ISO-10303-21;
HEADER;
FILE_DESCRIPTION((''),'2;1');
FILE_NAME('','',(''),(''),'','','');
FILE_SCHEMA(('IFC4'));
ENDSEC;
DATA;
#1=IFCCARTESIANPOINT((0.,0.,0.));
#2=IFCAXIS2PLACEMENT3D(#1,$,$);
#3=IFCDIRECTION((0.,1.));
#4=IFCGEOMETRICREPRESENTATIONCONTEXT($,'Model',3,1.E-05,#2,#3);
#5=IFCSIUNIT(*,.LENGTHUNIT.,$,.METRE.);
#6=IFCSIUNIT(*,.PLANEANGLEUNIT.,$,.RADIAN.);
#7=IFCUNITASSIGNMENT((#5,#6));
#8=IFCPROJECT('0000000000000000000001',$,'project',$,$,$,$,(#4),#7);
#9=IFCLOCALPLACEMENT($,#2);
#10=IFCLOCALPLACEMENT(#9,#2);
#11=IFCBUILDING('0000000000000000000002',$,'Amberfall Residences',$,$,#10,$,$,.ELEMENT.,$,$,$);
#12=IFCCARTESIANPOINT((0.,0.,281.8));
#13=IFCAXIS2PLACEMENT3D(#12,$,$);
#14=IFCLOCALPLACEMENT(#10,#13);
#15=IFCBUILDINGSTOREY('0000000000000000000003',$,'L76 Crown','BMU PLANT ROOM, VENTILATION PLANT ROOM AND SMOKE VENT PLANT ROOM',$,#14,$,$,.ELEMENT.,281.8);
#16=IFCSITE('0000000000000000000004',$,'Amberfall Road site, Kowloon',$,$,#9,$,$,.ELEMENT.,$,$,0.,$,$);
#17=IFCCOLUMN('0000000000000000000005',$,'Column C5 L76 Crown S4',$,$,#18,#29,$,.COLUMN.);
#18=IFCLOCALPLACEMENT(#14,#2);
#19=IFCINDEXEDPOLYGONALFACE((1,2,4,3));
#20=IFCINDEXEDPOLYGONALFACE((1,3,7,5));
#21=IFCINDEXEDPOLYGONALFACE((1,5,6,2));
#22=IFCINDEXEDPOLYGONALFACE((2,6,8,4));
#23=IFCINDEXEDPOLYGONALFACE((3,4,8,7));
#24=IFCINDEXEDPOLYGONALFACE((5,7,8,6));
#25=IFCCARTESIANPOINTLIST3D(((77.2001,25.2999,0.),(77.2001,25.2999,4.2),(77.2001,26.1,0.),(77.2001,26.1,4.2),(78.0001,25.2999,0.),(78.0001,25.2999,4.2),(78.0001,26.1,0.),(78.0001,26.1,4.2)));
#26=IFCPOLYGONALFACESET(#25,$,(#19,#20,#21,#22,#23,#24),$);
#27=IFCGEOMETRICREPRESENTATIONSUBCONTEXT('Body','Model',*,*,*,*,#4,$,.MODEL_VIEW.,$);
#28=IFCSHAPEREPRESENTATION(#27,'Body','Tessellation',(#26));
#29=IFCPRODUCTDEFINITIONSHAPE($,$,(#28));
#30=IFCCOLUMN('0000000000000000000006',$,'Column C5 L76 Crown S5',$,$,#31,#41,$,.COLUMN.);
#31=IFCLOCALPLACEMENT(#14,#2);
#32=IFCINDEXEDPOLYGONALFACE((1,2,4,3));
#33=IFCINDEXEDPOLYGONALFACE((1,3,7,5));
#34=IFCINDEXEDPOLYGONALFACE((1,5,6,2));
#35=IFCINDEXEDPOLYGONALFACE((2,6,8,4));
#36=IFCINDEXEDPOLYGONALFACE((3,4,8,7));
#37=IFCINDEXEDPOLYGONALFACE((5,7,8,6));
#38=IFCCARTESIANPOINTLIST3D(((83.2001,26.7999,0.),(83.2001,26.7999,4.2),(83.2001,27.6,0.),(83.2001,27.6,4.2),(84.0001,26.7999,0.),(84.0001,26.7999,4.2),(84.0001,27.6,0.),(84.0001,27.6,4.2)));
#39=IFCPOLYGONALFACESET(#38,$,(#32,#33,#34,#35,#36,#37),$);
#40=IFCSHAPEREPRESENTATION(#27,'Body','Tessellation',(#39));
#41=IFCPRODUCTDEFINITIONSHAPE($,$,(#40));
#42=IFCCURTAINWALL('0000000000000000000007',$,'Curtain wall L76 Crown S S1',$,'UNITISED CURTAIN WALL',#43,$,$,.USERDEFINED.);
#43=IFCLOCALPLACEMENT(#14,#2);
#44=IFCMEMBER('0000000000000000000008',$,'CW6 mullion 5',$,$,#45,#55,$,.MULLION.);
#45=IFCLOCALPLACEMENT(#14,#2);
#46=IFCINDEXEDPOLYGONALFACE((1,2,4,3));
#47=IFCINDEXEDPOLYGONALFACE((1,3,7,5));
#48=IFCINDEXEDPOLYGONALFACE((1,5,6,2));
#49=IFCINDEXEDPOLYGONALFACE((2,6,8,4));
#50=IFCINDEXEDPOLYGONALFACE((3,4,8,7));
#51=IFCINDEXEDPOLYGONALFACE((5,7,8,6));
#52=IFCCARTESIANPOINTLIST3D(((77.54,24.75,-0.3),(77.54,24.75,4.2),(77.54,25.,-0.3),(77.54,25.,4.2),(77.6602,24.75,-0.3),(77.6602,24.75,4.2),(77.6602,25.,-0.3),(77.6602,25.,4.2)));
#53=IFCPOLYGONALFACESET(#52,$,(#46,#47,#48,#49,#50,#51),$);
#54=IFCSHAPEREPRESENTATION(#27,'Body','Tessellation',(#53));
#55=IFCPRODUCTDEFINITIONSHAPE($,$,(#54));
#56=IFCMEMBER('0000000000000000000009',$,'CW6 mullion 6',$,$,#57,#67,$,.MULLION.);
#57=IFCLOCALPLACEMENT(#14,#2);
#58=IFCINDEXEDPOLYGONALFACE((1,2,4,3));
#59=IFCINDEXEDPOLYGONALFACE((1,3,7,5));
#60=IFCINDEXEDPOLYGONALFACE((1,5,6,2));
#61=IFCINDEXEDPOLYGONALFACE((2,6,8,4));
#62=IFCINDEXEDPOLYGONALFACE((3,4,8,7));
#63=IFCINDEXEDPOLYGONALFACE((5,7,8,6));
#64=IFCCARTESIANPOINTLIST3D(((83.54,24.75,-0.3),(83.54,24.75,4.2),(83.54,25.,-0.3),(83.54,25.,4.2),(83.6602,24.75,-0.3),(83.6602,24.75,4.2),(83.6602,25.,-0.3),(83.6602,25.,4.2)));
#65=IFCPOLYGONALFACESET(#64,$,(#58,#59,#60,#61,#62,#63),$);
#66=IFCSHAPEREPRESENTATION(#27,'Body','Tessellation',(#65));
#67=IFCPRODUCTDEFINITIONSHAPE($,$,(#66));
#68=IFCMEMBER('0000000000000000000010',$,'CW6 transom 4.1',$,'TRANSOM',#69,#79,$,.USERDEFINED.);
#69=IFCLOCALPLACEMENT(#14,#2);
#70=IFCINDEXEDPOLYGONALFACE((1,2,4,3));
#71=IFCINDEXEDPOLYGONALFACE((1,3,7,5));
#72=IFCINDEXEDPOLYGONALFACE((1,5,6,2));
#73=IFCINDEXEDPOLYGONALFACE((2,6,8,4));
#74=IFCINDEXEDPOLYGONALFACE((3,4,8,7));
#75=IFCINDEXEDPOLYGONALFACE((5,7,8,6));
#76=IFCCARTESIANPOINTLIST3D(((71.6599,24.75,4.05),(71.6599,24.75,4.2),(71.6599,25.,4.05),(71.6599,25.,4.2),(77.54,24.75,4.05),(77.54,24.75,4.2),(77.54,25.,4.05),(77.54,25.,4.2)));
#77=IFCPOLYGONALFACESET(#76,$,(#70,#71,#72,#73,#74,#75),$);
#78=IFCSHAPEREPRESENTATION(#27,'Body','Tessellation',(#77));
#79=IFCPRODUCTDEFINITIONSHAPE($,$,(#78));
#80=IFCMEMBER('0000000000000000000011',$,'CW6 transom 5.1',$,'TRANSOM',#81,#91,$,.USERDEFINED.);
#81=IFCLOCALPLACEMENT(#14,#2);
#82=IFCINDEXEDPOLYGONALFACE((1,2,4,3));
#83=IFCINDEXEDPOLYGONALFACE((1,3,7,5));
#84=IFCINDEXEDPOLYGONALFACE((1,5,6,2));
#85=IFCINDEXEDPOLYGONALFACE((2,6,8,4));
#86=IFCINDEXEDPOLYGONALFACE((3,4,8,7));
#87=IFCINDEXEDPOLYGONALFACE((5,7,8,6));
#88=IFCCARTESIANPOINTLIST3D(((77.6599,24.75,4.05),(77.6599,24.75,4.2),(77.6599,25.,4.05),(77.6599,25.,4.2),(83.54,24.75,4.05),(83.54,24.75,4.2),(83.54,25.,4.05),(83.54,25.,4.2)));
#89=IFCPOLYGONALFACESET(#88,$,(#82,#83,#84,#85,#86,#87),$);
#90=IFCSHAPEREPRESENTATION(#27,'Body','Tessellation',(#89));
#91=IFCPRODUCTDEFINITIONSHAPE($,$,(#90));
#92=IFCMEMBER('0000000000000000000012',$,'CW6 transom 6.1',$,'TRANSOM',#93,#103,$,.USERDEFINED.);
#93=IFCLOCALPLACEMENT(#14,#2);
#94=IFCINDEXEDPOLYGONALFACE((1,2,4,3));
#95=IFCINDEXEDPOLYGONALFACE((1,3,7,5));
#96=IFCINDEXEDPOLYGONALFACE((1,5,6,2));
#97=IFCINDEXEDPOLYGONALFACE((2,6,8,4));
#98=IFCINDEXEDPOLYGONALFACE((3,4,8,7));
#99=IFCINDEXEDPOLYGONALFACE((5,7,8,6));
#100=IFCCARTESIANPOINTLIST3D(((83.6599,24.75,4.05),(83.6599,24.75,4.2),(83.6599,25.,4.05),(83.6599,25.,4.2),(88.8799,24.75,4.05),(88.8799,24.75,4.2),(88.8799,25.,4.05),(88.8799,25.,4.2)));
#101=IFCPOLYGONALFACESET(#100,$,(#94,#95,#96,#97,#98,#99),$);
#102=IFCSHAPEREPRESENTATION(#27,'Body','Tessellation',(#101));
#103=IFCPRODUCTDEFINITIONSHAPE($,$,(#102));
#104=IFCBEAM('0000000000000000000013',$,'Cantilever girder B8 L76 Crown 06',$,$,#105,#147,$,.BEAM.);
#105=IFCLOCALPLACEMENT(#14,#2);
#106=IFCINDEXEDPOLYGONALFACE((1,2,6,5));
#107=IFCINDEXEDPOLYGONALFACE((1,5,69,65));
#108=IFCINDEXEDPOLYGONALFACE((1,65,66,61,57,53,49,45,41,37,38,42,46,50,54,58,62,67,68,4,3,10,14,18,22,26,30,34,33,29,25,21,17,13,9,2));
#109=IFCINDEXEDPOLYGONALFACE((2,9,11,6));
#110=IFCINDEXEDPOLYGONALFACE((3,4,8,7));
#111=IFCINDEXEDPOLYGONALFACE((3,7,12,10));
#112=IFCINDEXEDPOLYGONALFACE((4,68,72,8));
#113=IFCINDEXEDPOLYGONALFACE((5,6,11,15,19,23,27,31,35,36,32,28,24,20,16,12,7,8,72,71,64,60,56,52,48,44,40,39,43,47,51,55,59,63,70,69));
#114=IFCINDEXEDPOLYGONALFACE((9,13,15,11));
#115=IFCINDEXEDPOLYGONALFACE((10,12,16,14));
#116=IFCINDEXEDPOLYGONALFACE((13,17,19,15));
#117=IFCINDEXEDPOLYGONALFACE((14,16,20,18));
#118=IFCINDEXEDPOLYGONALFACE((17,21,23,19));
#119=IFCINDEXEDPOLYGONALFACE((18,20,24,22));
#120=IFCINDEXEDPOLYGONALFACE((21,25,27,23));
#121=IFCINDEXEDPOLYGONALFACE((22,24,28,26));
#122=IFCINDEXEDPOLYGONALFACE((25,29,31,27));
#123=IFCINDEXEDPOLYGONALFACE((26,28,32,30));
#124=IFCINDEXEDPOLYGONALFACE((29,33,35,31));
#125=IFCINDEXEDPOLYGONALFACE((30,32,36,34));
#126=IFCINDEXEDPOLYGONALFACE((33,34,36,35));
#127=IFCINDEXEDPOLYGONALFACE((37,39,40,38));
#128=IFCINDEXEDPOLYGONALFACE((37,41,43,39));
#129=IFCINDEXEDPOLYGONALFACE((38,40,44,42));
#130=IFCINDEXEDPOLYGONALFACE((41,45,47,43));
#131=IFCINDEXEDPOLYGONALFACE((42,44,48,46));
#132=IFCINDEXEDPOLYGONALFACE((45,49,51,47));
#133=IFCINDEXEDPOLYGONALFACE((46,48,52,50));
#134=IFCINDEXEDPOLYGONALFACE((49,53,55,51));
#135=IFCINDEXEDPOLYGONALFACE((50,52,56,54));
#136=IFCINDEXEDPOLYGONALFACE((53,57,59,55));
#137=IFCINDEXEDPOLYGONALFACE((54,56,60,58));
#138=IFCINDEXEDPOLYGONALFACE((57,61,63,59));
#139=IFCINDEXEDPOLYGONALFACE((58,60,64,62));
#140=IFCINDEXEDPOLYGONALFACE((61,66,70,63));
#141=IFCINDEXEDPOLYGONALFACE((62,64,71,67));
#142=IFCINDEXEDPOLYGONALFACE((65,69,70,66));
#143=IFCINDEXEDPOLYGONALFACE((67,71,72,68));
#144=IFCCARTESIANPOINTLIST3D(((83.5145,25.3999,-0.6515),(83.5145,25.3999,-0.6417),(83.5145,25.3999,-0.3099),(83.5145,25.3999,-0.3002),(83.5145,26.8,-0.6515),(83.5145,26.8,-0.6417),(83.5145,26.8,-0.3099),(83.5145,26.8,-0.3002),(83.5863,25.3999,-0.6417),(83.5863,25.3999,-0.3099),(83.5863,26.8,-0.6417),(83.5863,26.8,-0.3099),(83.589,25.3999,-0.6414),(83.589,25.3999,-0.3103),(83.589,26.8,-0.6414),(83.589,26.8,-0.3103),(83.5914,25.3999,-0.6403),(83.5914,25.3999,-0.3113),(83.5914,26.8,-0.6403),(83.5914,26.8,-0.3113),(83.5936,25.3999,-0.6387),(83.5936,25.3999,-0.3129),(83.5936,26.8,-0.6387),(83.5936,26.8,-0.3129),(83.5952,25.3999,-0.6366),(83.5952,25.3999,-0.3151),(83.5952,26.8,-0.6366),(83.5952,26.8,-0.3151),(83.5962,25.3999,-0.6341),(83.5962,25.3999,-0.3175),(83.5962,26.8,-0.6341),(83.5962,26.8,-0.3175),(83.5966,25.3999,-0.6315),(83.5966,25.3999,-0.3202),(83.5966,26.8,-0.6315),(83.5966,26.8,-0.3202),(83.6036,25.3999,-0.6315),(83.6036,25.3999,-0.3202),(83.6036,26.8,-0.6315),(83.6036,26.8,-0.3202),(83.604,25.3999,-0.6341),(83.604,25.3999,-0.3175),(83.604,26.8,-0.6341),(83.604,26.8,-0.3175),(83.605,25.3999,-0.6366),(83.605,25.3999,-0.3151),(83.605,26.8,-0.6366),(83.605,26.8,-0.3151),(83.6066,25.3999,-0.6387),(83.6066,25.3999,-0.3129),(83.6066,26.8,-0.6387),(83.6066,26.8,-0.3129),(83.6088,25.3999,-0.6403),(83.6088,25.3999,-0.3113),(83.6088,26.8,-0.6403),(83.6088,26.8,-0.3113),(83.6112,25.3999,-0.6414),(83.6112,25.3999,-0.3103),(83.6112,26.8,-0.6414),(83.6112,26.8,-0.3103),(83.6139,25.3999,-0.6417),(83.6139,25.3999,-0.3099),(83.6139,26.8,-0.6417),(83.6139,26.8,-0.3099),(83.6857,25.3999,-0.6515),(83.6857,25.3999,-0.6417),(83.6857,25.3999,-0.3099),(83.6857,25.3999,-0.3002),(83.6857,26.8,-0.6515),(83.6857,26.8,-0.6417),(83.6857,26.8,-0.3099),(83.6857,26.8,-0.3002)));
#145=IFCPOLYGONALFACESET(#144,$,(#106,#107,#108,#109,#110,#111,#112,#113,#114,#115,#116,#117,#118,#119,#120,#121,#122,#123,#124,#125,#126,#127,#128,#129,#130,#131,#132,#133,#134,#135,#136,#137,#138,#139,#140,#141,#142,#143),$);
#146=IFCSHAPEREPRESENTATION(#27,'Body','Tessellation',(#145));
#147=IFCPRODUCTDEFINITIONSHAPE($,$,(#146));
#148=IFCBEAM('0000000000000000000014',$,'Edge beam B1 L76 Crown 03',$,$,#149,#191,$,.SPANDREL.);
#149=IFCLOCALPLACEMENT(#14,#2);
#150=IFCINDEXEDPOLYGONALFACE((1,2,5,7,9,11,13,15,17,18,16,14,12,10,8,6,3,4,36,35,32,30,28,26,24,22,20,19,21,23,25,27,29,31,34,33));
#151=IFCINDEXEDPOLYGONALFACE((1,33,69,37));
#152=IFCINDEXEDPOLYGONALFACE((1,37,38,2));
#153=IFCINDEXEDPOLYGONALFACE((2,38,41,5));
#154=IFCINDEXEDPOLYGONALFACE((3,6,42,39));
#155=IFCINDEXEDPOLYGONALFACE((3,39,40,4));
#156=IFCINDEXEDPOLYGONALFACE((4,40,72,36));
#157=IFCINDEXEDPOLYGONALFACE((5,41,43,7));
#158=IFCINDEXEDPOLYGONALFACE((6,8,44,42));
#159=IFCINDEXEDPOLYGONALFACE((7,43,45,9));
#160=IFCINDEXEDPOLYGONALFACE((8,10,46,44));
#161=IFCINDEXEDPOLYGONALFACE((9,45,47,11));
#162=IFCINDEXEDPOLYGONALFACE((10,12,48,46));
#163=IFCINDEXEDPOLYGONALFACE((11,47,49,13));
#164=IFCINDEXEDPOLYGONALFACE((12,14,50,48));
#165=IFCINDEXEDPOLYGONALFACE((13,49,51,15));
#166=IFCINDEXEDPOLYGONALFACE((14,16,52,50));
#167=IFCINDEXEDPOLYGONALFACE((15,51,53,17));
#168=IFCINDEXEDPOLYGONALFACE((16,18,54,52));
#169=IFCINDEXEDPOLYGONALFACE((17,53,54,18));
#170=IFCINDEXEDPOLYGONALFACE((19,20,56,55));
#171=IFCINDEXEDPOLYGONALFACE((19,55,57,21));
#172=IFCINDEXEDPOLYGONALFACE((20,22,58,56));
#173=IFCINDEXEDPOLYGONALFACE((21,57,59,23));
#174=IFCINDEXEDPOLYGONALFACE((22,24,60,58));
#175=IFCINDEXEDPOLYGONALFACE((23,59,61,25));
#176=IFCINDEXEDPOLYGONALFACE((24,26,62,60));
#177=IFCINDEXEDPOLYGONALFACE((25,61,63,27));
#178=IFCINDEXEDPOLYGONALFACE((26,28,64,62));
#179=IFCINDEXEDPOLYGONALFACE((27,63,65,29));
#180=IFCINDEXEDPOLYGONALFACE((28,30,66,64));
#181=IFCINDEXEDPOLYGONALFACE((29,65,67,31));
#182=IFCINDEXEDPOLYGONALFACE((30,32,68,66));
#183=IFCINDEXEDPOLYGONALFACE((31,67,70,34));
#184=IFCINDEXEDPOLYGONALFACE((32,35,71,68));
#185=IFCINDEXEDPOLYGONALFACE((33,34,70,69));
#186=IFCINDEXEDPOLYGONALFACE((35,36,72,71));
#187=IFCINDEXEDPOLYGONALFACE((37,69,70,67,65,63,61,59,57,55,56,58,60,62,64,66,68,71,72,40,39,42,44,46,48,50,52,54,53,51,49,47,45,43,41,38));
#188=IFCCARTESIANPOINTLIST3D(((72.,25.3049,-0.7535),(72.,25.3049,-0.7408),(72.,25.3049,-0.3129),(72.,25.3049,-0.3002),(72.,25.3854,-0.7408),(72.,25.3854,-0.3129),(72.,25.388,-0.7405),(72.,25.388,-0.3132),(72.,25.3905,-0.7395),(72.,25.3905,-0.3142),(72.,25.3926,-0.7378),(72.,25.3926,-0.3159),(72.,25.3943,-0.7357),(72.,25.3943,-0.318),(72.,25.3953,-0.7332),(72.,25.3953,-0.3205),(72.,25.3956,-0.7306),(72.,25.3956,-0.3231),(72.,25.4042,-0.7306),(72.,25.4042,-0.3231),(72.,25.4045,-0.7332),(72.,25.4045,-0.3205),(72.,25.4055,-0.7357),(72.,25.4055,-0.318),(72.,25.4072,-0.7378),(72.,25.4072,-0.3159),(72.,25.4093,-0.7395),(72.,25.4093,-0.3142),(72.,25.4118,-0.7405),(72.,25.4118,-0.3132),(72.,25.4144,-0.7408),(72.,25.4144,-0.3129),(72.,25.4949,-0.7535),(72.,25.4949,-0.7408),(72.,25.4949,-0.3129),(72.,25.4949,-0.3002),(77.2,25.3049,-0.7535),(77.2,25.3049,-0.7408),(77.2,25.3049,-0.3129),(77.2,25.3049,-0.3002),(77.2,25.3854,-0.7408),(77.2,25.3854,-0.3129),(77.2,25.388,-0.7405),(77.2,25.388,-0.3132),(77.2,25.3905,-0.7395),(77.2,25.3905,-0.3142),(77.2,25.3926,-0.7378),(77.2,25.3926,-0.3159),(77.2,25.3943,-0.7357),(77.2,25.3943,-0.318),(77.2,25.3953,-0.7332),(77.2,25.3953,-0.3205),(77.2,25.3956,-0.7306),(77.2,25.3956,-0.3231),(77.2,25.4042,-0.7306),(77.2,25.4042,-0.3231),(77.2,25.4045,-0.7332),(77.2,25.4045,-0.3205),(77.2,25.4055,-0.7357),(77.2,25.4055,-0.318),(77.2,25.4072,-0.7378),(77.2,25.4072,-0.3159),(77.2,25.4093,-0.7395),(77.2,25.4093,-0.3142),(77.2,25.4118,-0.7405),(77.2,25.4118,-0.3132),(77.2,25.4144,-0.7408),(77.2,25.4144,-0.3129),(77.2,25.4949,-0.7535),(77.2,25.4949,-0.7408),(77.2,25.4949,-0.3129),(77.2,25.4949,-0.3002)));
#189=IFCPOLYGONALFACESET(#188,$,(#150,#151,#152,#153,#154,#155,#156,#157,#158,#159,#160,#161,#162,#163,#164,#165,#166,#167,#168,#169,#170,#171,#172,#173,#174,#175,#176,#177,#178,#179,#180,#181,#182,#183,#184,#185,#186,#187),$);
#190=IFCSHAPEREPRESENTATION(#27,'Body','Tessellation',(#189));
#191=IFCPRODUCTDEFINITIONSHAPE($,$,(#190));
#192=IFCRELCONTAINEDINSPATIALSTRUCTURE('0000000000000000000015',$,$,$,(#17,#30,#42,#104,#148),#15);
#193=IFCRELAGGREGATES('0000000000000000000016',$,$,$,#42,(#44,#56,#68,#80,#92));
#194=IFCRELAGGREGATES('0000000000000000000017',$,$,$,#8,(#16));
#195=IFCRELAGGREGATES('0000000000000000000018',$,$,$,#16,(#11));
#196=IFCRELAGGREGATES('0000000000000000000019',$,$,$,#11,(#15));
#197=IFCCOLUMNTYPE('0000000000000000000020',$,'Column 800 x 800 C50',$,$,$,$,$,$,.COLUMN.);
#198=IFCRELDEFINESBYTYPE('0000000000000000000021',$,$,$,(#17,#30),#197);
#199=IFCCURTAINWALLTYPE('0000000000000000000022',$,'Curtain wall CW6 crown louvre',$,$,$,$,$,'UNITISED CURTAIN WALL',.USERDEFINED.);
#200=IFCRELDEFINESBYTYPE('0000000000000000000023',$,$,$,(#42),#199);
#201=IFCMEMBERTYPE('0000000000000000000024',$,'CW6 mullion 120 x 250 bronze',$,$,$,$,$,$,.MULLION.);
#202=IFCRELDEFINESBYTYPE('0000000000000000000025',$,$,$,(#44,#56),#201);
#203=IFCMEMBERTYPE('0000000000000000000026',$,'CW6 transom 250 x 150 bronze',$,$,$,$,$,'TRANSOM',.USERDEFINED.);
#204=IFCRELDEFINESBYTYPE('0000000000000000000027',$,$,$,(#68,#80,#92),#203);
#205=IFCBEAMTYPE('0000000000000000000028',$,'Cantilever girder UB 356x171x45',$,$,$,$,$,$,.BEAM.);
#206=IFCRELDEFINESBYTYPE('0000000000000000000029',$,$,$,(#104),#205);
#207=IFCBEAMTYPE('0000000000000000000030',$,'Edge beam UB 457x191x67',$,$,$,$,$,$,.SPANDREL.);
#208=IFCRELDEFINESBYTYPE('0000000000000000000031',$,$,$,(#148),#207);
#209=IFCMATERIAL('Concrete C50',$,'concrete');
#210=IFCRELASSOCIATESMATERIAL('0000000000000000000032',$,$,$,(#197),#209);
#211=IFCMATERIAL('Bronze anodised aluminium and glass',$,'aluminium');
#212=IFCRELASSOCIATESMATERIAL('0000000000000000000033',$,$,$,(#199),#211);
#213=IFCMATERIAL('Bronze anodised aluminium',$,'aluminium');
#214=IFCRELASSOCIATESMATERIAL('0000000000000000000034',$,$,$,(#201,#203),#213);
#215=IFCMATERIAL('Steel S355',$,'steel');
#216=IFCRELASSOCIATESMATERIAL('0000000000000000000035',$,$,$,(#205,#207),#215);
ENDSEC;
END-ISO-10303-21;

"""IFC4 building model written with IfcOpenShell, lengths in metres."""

from ifc_helpers import new_model, si_unit, direction, frame, origin, origin_2d, place, context, subcontext, project, spatial, rectangle, i_section, extrude, material, material_profile, profile_set, type_object, element, aggregate, save


model = new_model("IFC4")

# Units and contexts
model_context = context("Model", 3, precision=1e-05, world=origin(), true_north=direction((0.0, 1.0)))
body_context = subcontext(model_context, "Body", "Model", "MODEL_VIEW")
ifc_project = project(units=[si_unit("LENGTHUNIT", "METRE"), si_unit("PLANEANGLEUNIT", "RADIAN")], contexts=[model_context])

# Site, building, storey
site_placement = place(None, origin())
site = spatial("IfcSite", under=ifc_project, at=site_placement, Name="Amberfall Road site, Kowloon", CompositionType="ELEMENT", RefElevation=0.0)
building_placement = place(site_placement, origin())
building = spatial("IfcBuilding", under=site, at=building_placement, Name="Amberfall Residences", CompositionType="ELEMENT")
storey_placement = place(building_placement, frame((0.0, 0.0, 281.8)))
storey = spatial("IfcBuildingStorey", under=building, at=storey_placement, Name="L76 Crown", Description="BMU PLANT ROOM, VENTILATION PLANT ROOM AND SMOKE VENT PLANT ROOM", CompositionType="ELEMENT", Elevation=281.8)

# Columns
ifc_material_1 = material(Name="Concrete C50", Category="concrete")
ifc_material_profile_1 = material_profile(ifc_material_1, rectangle(XDim=0.8, YDim=0.8, at=origin_2d()), Name="Column 800 x 800 C50")
ifc_profile_set_1 = profile_set([ifc_material_profile_1], Name="Concrete C50")
column_type = type_object("IfcColumnType", Name="Column 800 x 800 C50", PredefinedType="COLUMN", material=ifc_profile_set_1)
for number, where, z_axis, x_axis, name in (
    (1, (77.6001, 25.7, 0.0), (0.0, 0.0, 1.0), (1.0, 0.0, 0.0), "Column C5 L76 Crown S4"),
    (2, (83.6001, 27.2, 0.0), (0.0, 0.0, 1.0), (1.0, 0.0, 0.0), "Column C5 L76 Crown S5"),
):
    element("IfcColumn", number, at=place(storey_placement, frame(where, z_axis=z_axis, x_axis=x_axis)), inside=storey, type_object=column_type, Name=name, PredefinedType="COLUMN", context=body_context, shape_type="SweptSolid", body=[
        extrude(rectangle(XDim=0.8, YDim=0.8, at=origin_2d()), origin(), (0.0, 0.0, 1.0), 4.2),
    ])

# Curtain wall, members
ifc_material_2 = material(Name="Bronze anodised aluminium and glass", Category="aluminium")
curtain_wall_type = type_object("IfcCurtainWallType", Name="Curtain wall CW6 crown louvre", ElementType="UNITISED CURTAIN WALL", PredefinedType="USERDEFINED", material=ifc_material_2)
curtain_wall_placement = place(storey_placement, origin())
curtain_wall = element("IfcCurtainWall", 3, at=curtain_wall_placement, inside=storey, type_object=curtain_wall_type, Name="Curtain wall L76 Crown S S1", ObjectType="UNITISED CURTAIN WALL", PredefinedType="USERDEFINED")
ifc_material_3 = material(Name="Bronze anodised aluminium", Category="aluminium")
ifc_material_profile_2 = material_profile(ifc_material_3, rectangle(XDim=0.25, YDim=0.1201, at=origin_2d()), Name="CW6 mullion 120 x 250 bronze")
ifc_profile_set_2 = profile_set([ifc_material_profile_2], Name="Bronze anodised aluminium")
member_type_1 = type_object("IfcMemberType", Name="CW6 mullion 120 x 250 bronze", PredefinedType="MULLION", material=ifc_profile_set_2)
member_1_placement = place(storey_placement, frame((77.6001, 24.875, -0.3), z_axis=(0.0, 0.0, 1.0), x_axis=(0.0, 1.0, 0.0)))
member_1 = element("IfcMember", 4, at=member_1_placement, type_object=member_type_1, Name="CW6 mullion 5", PredefinedType="MULLION", context=body_context, shape_type="SweptSolid", body=[
    extrude(rectangle(XDim=0.25, YDim=0.1201, at=origin_2d()), origin(), (0.0, 0.0, 1.0), 4.5),
])
member_2_placement = place(storey_placement, frame((83.6001, 24.875, -0.3), z_axis=(0.0, 0.0, 1.0), x_axis=(0.0, 1.0, 0.0)))
member_2 = element("IfcMember", 5, at=member_2_placement, type_object=member_type_1, Name="CW6 mullion 6", PredefinedType="MULLION", context=body_context, shape_type="SweptSolid", body=[
    extrude(rectangle(XDim=0.25, YDim=0.1201, at=origin_2d()), origin(), (0.0, 0.0, 1.0), 4.5),
])
ifc_material_profile_3 = material_profile(ifc_material_3, rectangle(XDim=0.25, YDim=0.1499, at=origin_2d()), Name="CW6 transom 250 x 150 bronze")
ifc_profile_set_3 = profile_set([ifc_material_profile_3], Name="Bronze anodised aluminium")
member_type_2 = type_object("IfcMemberType", Name="CW6 transom 250 x 150 bronze", ElementType="TRANSOM", PredefinedType="USERDEFINED", material=ifc_profile_set_3)
member_3_placement = place(storey_placement, frame((71.6599, 24.875, 4.125), z_axis=(1.0, 0.0, 0.0), x_axis=(0.0, 1.0, 0.0)))
member_3 = element("IfcMember", 6, at=member_3_placement, type_object=member_type_2, Name="CW6 transom 4.1", ObjectType="TRANSOM", PredefinedType="USERDEFINED", context=body_context, shape_type="SweptSolid", body=[
    extrude(rectangle(XDim=0.25, YDim=0.1499, at=origin_2d()), origin(), (0.0, 0.0, 1.0), 5.8801),
])
member_4_placement = place(storey_placement, frame((77.6599, 24.875, 4.125), z_axis=(1.0, 0.0, 0.0), x_axis=(0.0, 1.0, 0.0)))
member_4 = element("IfcMember", 7, at=member_4_placement, type_object=member_type_2, Name="CW6 transom 5.1", ObjectType="TRANSOM", PredefinedType="USERDEFINED", context=body_context, shape_type="SweptSolid", body=[
    extrude(rectangle(XDim=0.25, YDim=0.1499, at=origin_2d()), origin(), (0.0, 0.0, 1.0), 5.8801),
])
member_5_placement = place(storey_placement, frame((83.6599, 24.875, 4.125), z_axis=(1.0, 0.0, 0.0), x_axis=(0.0, 1.0, 0.0)))
member_5 = element("IfcMember", 8, at=member_5_placement, type_object=member_type_2, Name="CW6 transom 6.1", ObjectType="TRANSOM", PredefinedType="USERDEFINED", context=body_context, shape_type="SweptSolid", body=[
    extrude(rectangle(XDim=0.25, YDim=0.1499, at=origin_2d()), origin(), (0.0, 0.0, 1.0), 5.22),
])

# Beams
ifc_material_4 = material(Name="Steel S355", Category="steel")
ifc_material_profile_4 = material_profile(ifc_material_4, i_section(OverallWidth=0.1711, OverallDepth=0.3513, WebThickness=0.0071, FlangeThickness=0.0098, FilletRadius=0.0103, at=origin_2d()), Name="UB 356x171x45")
ifc_profile_set_4 = profile_set([ifc_material_profile_4], Name="Steel S355")
beam_type_1 = type_object("IfcBeamType", Name="Cantilever girder UB 356x171x45", PredefinedType="BEAM", material=ifc_profile_set_4)
beam_1_placement = place(storey_placement, frame((83.6001, 26.8, -0.4758), z_axis=(0.0, -1.0, 0.0), x_axis=(1.0, 0.0, 0.0)))
element("IfcBeam", 9, at=beam_1_placement, inside=storey, type_object=beam_type_1, Name="Cantilever girder B8 L76 Crown 06", PredefinedType="BEAM", context=body_context, shape_type="SweptSolid", body=[
    extrude(i_section(OverallWidth=0.1711, OverallDepth=0.3513, WebThickness=0.0071, FlangeThickness=0.0098, FilletRadius=0.0103, at=origin_2d()), origin(), (0.0, 0.0, 1.0), 1.4001),
])
ifc_material_profile_5 = material_profile(ifc_material_4, i_section(OverallWidth=0.1899, OverallDepth=0.4534, WebThickness=0.0085, FlangeThickness=0.0127, FilletRadius=0.0103, at=origin_2d()), Name="UB 457x191x67")
ifc_profile_set_5 = profile_set([ifc_material_profile_5], Name="Steel S355")
beam_type_2 = type_object("IfcBeamType", Name="Edge beam UB 457x191x67", PredefinedType="SPANDREL", material=ifc_profile_set_5)
beam_2_placement = place(storey_placement, frame((72.0, 25.3999, -0.5269), z_axis=(1.0, 0.0, 0.0), x_axis=(0.0, 1.0, 0.0)))
element("IfcBeam", 10, at=beam_2_placement, inside=storey, type_object=beam_type_2, Name="Edge beam B1 L76 Crown 03", PredefinedType="SPANDREL", context=body_context, shape_type="SweptSolid", body=[
    extrude(i_section(OverallWidth=0.1899, OverallDepth=0.4534, WebThickness=0.0085, FlangeThickness=0.0127, FilletRadius=0.0103, at=origin_2d()), origin(), (0.0, 0.0, 1.0), 5.2),
])

aggregate(curtain_wall, [member_1, member_2, member_3, member_4, member_5])

save(model, "model.ifc")
